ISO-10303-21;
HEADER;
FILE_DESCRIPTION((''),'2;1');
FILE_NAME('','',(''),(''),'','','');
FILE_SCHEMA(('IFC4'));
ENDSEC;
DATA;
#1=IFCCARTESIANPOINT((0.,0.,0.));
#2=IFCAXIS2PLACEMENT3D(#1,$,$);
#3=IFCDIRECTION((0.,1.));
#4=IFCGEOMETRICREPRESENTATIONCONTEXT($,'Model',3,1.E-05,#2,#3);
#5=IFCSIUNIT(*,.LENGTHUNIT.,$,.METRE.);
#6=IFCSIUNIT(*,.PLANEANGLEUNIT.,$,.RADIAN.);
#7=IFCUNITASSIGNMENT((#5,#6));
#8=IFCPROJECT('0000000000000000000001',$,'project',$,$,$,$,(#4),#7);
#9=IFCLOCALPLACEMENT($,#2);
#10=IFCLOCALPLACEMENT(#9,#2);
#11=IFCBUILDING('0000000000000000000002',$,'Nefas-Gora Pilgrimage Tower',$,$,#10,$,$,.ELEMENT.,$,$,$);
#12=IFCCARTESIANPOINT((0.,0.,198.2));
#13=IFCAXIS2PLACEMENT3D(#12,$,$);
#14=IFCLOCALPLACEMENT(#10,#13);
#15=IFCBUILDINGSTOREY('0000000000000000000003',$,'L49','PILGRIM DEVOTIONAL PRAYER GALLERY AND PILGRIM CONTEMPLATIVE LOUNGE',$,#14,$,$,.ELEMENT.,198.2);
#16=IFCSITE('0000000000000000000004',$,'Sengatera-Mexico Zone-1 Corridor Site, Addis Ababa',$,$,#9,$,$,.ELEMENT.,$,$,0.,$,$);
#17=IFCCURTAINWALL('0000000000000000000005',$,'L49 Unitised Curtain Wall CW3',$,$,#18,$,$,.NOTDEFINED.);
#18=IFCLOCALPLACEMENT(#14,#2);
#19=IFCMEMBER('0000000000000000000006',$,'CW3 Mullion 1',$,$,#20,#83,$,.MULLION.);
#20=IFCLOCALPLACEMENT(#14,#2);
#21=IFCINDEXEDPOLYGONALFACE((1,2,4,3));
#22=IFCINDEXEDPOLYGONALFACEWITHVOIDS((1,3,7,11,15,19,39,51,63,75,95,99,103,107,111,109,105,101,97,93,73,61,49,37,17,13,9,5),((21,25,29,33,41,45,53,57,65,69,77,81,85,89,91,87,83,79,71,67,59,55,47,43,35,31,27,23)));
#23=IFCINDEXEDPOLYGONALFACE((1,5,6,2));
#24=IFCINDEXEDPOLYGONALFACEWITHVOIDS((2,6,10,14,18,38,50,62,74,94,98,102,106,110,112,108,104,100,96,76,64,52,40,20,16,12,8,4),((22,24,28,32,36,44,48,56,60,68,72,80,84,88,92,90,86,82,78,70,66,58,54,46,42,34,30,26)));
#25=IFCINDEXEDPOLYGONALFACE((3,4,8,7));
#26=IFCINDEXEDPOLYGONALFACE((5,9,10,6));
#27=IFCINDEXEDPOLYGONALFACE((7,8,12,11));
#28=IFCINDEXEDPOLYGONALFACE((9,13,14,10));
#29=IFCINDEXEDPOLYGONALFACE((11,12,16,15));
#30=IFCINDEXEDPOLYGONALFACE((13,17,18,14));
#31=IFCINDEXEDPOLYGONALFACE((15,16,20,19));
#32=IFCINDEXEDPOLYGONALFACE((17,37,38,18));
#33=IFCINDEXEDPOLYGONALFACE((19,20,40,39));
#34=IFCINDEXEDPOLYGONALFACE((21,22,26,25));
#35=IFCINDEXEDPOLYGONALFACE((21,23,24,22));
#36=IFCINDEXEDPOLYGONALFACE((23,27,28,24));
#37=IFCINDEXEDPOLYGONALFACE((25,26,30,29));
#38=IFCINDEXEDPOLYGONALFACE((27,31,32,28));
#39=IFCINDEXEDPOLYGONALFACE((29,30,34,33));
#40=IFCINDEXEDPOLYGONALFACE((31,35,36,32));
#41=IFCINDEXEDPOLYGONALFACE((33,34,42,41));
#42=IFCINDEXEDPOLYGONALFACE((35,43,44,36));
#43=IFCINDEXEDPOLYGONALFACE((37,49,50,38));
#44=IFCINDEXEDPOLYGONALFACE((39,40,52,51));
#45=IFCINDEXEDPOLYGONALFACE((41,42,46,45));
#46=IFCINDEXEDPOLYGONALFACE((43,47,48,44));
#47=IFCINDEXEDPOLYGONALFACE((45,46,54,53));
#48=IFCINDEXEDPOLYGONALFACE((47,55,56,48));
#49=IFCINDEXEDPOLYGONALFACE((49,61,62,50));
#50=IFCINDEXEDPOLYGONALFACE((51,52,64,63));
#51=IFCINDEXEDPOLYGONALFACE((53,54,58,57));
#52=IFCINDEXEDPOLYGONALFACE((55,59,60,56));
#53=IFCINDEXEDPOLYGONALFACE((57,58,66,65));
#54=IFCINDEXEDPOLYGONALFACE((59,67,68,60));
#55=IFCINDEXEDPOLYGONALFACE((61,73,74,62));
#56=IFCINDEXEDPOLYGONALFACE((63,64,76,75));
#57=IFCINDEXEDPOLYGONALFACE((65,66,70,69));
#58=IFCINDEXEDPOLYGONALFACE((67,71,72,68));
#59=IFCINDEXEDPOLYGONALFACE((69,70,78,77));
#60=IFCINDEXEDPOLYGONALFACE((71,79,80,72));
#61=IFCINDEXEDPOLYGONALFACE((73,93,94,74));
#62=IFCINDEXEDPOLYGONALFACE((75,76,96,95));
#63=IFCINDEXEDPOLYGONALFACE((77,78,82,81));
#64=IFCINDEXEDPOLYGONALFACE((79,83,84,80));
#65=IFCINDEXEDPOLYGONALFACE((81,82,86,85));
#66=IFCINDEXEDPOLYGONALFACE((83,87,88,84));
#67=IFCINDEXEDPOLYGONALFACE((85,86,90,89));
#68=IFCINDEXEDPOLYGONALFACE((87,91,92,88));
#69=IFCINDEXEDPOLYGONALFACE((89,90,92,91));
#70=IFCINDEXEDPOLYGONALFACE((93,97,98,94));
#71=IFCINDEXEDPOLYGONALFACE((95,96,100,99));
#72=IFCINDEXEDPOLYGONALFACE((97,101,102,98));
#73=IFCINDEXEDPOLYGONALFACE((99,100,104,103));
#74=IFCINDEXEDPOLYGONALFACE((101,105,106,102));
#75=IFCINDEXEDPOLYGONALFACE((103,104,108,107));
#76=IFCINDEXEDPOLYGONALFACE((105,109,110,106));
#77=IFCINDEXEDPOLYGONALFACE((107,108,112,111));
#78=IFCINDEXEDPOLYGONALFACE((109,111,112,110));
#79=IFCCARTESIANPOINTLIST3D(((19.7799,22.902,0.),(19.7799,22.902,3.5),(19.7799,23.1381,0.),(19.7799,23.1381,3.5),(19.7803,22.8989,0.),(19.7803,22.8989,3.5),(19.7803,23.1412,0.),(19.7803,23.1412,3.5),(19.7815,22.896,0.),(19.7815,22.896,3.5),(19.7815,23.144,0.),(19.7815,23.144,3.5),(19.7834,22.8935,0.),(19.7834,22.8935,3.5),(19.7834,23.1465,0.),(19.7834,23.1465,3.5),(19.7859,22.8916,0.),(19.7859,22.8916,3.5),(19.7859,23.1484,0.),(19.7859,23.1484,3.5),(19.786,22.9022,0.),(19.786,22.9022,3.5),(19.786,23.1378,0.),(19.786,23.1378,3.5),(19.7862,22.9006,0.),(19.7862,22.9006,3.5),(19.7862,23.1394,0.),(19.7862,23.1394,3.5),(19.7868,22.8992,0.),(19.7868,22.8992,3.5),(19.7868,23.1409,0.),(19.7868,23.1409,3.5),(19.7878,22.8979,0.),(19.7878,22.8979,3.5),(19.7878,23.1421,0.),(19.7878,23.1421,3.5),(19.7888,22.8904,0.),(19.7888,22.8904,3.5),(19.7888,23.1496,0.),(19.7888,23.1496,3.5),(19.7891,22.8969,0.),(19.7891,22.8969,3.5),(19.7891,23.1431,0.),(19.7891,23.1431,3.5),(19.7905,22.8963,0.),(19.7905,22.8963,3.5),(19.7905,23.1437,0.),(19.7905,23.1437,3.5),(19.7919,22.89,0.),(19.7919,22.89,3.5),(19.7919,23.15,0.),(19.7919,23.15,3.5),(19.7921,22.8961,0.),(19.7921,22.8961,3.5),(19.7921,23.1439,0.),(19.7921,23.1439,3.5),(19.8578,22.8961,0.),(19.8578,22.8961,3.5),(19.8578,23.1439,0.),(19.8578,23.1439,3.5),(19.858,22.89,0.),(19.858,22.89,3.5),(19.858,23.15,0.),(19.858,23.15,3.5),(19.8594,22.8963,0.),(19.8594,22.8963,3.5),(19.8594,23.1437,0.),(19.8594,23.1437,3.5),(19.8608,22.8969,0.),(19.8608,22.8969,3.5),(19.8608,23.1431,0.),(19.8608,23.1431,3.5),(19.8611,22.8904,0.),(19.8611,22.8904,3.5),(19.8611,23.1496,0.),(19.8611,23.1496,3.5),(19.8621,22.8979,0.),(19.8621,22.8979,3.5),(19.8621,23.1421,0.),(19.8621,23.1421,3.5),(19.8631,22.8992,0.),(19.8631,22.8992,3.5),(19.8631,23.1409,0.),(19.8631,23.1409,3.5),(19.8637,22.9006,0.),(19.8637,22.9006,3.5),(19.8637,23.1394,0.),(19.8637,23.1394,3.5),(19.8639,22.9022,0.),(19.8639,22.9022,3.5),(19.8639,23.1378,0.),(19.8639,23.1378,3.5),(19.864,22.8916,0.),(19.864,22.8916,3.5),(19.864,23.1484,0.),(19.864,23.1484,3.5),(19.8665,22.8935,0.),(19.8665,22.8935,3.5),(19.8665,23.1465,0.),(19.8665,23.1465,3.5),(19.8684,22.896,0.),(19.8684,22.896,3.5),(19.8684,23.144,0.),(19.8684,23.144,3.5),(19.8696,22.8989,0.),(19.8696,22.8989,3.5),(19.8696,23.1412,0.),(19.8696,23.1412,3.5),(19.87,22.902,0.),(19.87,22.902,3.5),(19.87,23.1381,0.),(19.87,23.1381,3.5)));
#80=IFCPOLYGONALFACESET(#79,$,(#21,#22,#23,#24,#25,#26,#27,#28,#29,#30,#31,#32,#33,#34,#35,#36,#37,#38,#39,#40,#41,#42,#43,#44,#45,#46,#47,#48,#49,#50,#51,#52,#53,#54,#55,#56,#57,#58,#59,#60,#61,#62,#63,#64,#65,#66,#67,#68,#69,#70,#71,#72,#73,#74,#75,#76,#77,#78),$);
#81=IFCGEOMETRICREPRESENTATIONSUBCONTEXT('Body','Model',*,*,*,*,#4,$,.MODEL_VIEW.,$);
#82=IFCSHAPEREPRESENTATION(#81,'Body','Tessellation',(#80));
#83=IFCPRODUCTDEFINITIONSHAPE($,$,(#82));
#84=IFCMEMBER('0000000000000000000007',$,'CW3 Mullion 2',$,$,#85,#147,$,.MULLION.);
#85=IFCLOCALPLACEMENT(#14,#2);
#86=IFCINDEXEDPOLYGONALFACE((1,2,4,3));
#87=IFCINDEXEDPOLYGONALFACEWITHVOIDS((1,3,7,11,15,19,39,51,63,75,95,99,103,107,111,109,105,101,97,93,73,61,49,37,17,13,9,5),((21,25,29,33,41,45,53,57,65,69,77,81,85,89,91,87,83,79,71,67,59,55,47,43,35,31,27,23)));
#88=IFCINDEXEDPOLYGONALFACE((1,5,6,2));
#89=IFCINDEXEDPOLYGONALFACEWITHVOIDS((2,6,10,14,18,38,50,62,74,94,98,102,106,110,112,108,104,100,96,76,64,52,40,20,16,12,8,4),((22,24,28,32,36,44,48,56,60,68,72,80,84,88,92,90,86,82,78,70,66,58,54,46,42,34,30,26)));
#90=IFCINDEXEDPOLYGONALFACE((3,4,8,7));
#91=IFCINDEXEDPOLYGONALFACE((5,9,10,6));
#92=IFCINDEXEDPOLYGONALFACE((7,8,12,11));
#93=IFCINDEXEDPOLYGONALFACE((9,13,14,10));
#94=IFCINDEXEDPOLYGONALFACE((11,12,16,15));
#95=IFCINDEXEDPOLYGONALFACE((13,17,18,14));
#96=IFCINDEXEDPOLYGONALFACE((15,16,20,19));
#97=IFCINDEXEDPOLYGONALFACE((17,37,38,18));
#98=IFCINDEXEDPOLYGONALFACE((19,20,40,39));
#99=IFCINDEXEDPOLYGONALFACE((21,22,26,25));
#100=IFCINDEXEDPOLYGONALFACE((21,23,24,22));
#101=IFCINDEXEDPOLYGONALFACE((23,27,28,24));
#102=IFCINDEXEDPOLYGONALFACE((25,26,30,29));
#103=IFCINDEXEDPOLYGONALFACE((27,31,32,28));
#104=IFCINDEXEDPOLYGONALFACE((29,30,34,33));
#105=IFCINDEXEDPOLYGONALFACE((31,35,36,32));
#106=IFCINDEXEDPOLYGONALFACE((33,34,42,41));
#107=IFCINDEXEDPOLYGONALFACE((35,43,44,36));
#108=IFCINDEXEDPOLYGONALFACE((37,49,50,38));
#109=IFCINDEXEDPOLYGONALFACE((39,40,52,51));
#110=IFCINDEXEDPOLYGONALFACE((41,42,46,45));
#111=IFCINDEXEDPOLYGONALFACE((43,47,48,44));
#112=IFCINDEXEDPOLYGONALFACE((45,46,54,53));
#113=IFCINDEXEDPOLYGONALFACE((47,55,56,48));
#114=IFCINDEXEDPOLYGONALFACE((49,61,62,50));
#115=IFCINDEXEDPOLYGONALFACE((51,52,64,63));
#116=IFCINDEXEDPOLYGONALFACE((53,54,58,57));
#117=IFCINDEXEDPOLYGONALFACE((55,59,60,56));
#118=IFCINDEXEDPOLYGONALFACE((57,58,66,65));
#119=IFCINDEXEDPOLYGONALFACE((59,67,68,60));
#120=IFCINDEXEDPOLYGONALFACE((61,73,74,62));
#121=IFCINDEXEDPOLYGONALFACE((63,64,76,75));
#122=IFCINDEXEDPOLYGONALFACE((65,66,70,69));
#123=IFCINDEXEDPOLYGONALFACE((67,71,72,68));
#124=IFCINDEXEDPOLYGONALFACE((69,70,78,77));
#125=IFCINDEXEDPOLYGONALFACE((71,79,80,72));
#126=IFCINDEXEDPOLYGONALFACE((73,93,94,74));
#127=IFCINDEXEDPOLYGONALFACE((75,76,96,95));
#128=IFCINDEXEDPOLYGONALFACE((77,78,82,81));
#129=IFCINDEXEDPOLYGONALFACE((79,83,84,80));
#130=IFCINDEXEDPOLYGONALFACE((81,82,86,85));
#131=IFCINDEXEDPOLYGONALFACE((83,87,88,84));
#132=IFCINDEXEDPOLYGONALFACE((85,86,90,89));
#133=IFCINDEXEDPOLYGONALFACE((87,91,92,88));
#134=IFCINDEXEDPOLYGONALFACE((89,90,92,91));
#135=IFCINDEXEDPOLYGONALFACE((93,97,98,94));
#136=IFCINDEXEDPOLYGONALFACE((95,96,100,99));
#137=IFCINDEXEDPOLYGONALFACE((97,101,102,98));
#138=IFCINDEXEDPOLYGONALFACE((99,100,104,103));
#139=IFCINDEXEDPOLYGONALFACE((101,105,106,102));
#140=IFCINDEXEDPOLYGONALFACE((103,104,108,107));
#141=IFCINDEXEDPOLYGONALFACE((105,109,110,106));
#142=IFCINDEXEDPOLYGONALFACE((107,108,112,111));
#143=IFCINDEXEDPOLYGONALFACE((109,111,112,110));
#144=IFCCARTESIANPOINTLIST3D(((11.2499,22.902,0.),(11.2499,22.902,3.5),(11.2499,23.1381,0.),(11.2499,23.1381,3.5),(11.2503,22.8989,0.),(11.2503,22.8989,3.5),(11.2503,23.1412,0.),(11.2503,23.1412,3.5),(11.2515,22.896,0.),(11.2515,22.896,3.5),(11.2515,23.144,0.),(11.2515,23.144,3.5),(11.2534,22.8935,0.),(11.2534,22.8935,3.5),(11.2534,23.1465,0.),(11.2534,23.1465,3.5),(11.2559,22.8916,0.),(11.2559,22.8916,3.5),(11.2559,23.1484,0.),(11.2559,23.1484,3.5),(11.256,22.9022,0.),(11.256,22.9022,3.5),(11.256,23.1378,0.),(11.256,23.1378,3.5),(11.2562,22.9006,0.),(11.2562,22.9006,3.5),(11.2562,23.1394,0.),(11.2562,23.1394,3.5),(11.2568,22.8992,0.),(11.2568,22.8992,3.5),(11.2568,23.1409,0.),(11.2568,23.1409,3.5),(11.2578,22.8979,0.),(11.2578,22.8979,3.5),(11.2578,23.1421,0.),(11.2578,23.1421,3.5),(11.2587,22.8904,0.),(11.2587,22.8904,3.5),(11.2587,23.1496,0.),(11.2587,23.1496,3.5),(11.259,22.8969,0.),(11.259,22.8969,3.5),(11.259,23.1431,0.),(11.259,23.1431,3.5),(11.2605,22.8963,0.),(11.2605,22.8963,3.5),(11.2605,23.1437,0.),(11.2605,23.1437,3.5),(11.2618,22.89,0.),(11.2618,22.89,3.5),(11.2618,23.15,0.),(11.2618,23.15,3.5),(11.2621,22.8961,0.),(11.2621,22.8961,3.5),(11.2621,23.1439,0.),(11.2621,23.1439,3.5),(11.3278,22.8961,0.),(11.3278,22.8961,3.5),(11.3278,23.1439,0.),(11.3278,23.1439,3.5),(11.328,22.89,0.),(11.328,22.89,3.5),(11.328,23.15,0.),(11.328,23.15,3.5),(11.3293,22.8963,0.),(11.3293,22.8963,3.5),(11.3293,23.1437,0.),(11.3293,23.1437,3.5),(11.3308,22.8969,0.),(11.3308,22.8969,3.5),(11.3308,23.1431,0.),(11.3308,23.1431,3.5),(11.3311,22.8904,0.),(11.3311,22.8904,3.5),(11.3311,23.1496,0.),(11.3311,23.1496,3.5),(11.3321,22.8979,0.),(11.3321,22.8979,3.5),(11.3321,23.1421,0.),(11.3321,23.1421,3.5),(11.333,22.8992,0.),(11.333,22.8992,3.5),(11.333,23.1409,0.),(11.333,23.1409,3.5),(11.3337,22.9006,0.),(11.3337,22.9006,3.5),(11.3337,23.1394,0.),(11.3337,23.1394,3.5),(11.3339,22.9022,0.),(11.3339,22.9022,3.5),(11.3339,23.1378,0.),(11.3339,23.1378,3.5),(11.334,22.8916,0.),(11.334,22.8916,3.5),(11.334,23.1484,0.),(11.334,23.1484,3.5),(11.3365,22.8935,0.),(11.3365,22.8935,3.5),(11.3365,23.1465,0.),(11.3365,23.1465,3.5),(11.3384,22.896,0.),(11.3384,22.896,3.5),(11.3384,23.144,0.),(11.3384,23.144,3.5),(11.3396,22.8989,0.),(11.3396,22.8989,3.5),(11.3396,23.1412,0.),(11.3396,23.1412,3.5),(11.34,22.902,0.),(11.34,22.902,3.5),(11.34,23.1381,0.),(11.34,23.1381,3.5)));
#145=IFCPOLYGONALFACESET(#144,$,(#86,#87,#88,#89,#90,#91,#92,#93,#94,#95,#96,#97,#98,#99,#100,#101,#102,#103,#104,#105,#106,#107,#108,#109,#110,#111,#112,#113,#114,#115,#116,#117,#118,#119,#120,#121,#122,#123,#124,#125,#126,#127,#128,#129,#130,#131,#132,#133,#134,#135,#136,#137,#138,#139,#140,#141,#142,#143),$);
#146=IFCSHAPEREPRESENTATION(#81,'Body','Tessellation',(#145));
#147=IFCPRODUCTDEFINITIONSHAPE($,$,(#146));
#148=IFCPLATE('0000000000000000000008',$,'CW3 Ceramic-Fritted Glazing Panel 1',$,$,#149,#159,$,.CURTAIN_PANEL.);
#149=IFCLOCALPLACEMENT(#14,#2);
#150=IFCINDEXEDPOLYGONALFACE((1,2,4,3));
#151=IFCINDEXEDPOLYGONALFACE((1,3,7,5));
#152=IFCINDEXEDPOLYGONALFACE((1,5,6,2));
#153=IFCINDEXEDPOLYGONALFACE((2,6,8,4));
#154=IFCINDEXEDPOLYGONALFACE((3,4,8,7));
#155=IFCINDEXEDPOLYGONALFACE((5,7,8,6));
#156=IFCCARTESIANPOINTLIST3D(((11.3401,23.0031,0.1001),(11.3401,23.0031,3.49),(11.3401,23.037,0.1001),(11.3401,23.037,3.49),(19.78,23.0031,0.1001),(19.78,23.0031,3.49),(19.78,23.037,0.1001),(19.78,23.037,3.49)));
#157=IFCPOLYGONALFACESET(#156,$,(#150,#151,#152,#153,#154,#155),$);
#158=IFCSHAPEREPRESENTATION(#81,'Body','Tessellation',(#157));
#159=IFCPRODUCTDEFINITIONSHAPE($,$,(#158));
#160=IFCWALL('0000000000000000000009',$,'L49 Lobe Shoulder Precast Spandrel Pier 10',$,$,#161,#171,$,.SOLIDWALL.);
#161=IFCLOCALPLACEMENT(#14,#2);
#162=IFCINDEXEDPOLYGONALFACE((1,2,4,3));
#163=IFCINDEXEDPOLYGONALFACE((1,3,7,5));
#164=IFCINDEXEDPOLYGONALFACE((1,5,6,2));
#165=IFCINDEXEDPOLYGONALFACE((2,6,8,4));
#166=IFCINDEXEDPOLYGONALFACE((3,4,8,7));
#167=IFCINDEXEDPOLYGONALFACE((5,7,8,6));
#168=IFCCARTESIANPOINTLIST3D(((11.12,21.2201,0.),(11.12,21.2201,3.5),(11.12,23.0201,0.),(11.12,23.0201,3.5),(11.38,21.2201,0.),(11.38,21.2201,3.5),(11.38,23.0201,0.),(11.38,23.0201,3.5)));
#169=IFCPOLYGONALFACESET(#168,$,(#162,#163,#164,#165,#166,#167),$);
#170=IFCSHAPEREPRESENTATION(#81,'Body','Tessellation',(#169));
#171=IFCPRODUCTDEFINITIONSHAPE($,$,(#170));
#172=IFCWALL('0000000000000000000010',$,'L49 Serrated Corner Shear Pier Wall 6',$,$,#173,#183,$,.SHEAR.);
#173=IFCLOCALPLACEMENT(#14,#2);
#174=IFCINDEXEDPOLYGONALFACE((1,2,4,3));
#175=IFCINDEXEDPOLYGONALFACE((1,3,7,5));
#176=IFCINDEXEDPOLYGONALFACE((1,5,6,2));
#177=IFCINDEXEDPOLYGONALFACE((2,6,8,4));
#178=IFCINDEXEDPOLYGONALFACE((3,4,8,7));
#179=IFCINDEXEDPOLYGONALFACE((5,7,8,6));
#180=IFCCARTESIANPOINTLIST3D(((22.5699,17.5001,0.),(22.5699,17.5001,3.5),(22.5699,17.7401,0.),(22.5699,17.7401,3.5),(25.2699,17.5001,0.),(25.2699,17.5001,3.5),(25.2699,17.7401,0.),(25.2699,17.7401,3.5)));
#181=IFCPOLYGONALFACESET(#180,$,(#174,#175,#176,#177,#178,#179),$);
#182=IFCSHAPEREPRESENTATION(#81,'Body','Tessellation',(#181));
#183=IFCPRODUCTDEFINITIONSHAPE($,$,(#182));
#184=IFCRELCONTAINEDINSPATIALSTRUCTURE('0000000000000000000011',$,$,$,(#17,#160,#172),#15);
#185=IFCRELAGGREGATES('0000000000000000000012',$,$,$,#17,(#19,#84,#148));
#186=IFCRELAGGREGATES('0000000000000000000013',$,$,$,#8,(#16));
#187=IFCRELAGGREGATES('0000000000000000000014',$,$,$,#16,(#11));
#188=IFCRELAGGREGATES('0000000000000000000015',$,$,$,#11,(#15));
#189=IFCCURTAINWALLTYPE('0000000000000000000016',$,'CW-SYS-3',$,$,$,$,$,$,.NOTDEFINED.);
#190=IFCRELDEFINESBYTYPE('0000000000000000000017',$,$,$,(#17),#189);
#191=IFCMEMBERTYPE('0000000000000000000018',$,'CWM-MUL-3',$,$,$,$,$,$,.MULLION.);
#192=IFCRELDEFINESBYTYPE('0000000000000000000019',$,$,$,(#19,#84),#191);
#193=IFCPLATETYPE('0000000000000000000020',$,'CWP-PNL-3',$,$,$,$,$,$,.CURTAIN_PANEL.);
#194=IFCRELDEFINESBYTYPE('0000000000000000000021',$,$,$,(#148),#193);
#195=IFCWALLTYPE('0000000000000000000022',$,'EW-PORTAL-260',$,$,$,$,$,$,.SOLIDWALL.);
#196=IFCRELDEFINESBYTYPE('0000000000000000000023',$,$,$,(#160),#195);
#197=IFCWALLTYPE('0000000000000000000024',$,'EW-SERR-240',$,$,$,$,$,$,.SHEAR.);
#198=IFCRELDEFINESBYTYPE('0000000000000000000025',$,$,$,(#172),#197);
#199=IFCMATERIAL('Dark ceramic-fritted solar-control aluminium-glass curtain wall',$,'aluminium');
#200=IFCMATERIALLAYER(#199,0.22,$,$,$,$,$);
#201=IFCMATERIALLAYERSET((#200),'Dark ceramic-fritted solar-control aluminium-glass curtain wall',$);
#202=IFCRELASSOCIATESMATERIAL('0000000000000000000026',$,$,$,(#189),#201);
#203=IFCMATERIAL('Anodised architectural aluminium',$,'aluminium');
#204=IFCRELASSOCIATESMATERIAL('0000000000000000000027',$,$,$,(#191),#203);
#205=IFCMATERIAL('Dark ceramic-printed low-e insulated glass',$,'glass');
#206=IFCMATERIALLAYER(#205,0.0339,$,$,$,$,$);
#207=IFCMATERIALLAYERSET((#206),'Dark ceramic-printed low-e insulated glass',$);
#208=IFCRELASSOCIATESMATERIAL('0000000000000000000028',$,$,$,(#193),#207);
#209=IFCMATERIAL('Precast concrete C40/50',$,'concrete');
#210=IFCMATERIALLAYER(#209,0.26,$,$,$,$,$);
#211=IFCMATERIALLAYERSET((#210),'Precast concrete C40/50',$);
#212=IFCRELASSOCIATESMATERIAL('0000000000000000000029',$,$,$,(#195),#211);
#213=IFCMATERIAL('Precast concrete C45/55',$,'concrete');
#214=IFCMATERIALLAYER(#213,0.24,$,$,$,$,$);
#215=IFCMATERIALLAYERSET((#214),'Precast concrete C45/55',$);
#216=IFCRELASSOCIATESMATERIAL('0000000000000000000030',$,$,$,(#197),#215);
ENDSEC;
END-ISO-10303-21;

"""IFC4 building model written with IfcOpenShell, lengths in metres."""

from ifc_helpers import new_model, si_unit, direction, frame, frame_2d, origin, origin_2d, place, context, subcontext, project, spatial, rectangle, hollow_rectangle, extrude, source, transform, mapped, material, layer, layer_set, material_profile, profile_set, type_object, element, aggregate, save


model = new_model("IFC4")

# Units and contexts
model_context = context("Model", 3, precision=1e-05, world=origin(), true_north=direction((0.0, 1.0)))
body_context = subcontext(model_context, "Body", "Model", "MODEL_VIEW")
ifc_project = project(units=[si_unit("LENGTHUNIT", "METRE"), si_unit("PLANEANGLEUNIT", "RADIAN")], contexts=[model_context])

# Site, building, storey
site_placement = place(None, origin())
site = spatial("IfcSite", under=ifc_project, at=site_placement, Name="Sengatera-Mexico Zone-1 Corridor Site, Addis Ababa", CompositionType="ELEMENT", RefElevation=0.0)
building_placement = place(site_placement, origin())
building = spatial("IfcBuilding", under=site, at=building_placement, Name="Nefas-Gora Pilgrimage Tower", CompositionType="ELEMENT")
storey_placement = place(building_placement, frame((0.0, 0.0, 198.2)))
storey = spatial("IfcBuildingStorey", under=building, at=storey_placement, Name="L49", Description="PILGRIM DEVOTIONAL PRAYER GALLERY AND PILGRIM CONTEMPLATIVE LOUNGE", CompositionType="ELEMENT", Elevation=198.2)

# Curtain wall
ifc_material_1 = material(Name="Dark ceramic-fritted solar-control aluminium-glass curtain wall", Category="aluminium")
ifc_layer_1 = layer(ifc_material_1, 0.22)
ifc_layer_set_1 = layer_set([ifc_layer_1], Name="Dark ceramic-fritted solar-control aluminium-glass curtain wall")
curtain_wall_type = type_object("IfcCurtainWallType", Name="CW-SYS-3", PredefinedType="NOTDEFINED", material=ifc_layer_set_1)
curtain_wall_1_placement = place(storey_placement, origin())
curtain_wall_1 = element("IfcCurtainWall", 1, at=curtain_wall_1_placement, inside=storey, type_object=curtain_wall_type, Name="L49 Unitised Curtain Wall CW3", PredefinedType="NOTDEFINED")
ifc_material_2 = material(Name="Anodised architectural aluminium", Category="aluminium")
ifc_material_profile_1 = material_profile(ifc_material_2, hollow_rectangle(XDim=0.0901, YDim=0.26, WallThickness=0.0061, InnerFilletRadius=0.0061, OuterFilletRadius=0.012, at=origin_2d()), Name="ALU MULLION 90x260")
ifc_profile_set_1 = profile_set([ifc_material_profile_1], Name="Anodised architectural aluminium")
member_type_1 = type_object("IfcMemberType", Name="CWM-MUL-3", PredefinedType="MULLION", material=ifc_profile_set_1)
shared_shape_1 = source(origin(), body_context, "Body", "SweptSolid", [
    extrude(hollow_rectangle(XDim=0.0901, YDim=0.26, WallThickness=0.0061, InnerFilletRadius=0.0061, OuterFilletRadius=0.012, at=origin_2d()), origin(), (0.0, 0.0, 1.0), 3.5),
])

# Members
member_1_placement = place(storey_placement, frame((19.825, 23.02, 0.0), z_axis=(0.0, 0.0, 1.0), x_axis=(-1.0, 0.0, 0.0)))
member_1 = element("IfcMember", 2, at=member_1_placement, type_object=member_type_1, Name="CW3 Mullion 1", PredefinedType="MULLION", context=body_context, shape_type="MappedRepresentation", body=[
    mapped(shared_shape_1, transform((0.0, 0.0, 0.0), x_axis=(1.0, 0.0, 0.0), y_axis=(0.0, 1.0, 0.0), z_axis=(0.0, 0.0, 1.0), scale=1.0)),
])
member_2_placement = place(storey_placement, frame((11.2949, 23.02, 0.0), z_axis=(0.0, 0.0, 1.0), x_axis=(-1.0, 0.0, 0.0)))
member_2 = element("IfcMember", 3, at=member_2_placement, type_object=member_type_1, Name="CW3 Mullion 2", PredefinedType="MULLION", context=body_context, shape_type="MappedRepresentation", body=[
    mapped(shared_shape_1, transform((0.0, 0.0, 0.0), x_axis=(1.0, 0.0, 0.0), y_axis=(0.0, 1.0, 0.0), z_axis=(0.0, 0.0, 1.0), scale=1.0)),
])

# Plate
ifc_material_3 = material(Name="Dark ceramic-printed low-e insulated glass", Category="glass")
ifc_layer_2 = layer(ifc_material_3, 0.0339)
ifc_layer_set_2 = layer_set([ifc_layer_2], Name="Dark ceramic-printed low-e insulated glass")
plate_type = type_object("IfcPlateType", Name="CWP-PNL-3", PredefinedType="CURTAIN_PANEL", material=ifc_layer_set_2)
shared_shape_2 = source(origin(), body_context, "Body", "SweptSolid", [
    extrude(rectangle(XDim=8.4399, YDim=0.0339, at=origin_2d()), origin(), (0.0, 0.0, 1.0), 3.3899),
])
plate_placement = place(storey_placement, frame((15.5601, 23.02, 0.1001), z_axis=(0.0, 0.0, 1.0), x_axis=(-1.0, 0.0, 0.0)))
plate = element("IfcPlate", 4, at=plate_placement, type_object=plate_type, Name="CW3 Ceramic-Fritted Glazing Panel 1", PredefinedType="CURTAIN_PANEL", context=body_context, shape_type="MappedRepresentation", body=[
    mapped(shared_shape_2, transform((0.0, 0.0, 0.0), x_axis=(1.0, 0.0, 0.0), y_axis=(0.0, 1.0, 0.0), z_axis=(0.0, 0.0, 1.0), scale=1.0)),
])
aggregate(curtain_wall_1, [member_1, member_2, plate])

# Walls
ifc_material_4 = material(Name="Precast concrete C40/50", Category="concrete")
ifc_layer_3 = layer(ifc_material_4, 0.26)
ifc_layer_set_3 = layer_set([ifc_layer_3], Name="Precast concrete C40/50")
wall_type_1 = type_object("IfcWallType", Name="EW-PORTAL-260", PredefinedType="SOLIDWALL", material=ifc_layer_set_3)
shared_shape_3 = source(origin(), body_context, "Body", "SweptSolid", [
    extrude(rectangle(XDim=1.8, YDim=0.26, at=frame_2d((0.8999, 0.0))), origin(), (0.0, 0.0, 1.0), 3.5),
])
wall_1_placement = place(storey_placement, frame((11.25, 23.02, 0.0), z_axis=(0.0, 0.0, 1.0), x_axis=(0.0, -1.0, 0.0)))
element("IfcWall", 5, at=wall_1_placement, inside=storey, type_object=wall_type_1, Name="L49 Lobe Shoulder Precast Spandrel Pier 10", PredefinedType="SOLIDWALL", context=body_context, shape_type="MappedRepresentation", body=[
    mapped(shared_shape_3, transform((0.0, 0.0, 0.0), x_axis=(1.0, 0.0, 0.0), y_axis=(0.0, 1.0, 0.0), z_axis=(0.0, 0.0, 1.0), scale=1.0)),
])
ifc_material_5 = material(Name="Precast concrete C45/55", Category="concrete")
ifc_layer_4 = layer(ifc_material_5, 0.24)
ifc_layer_set_4 = layer_set([ifc_layer_4], Name="Precast concrete C45/55")
wall_type_2 = type_object("IfcWallType", Name="EW-SERR-240", PredefinedType="SHEAR", material=ifc_layer_set_4)
shared_shape_4 = source(origin(), body_context, "Body", "SweptSolid", [
    extrude(rectangle(XDim=2.7, YDim=0.24, at=frame_2d((1.3501, 0.0))), origin(), (0.0, 0.0, 1.0), 3.5),
])
for number, where, z_axis, x_axis, name in (
    (6, (25.27, 17.6201, 0.0), (0.0, 0.0, 1.0), (-1.0, 0.0, 0.0), "L49 Serrated Corner Shear Pier Wall 6"),
):
    element("IfcWall", number, at=place(storey_placement, frame(where, z_axis=z_axis, x_axis=x_axis)), inside=storey, type_object=wall_type_2, Name=name, PredefinedType="SHEAR", context=body_context, shape_type="MappedRepresentation", body=[
        mapped(shared_shape_4, transform((0.0, 0.0, 0.0), x_axis=(1.0, 0.0, 0.0), y_axis=(0.0, 1.0, 0.0), z_axis=(0.0, 0.0, 1.0), scale=1.0)),
    ])

save(model, "model.ifc")
